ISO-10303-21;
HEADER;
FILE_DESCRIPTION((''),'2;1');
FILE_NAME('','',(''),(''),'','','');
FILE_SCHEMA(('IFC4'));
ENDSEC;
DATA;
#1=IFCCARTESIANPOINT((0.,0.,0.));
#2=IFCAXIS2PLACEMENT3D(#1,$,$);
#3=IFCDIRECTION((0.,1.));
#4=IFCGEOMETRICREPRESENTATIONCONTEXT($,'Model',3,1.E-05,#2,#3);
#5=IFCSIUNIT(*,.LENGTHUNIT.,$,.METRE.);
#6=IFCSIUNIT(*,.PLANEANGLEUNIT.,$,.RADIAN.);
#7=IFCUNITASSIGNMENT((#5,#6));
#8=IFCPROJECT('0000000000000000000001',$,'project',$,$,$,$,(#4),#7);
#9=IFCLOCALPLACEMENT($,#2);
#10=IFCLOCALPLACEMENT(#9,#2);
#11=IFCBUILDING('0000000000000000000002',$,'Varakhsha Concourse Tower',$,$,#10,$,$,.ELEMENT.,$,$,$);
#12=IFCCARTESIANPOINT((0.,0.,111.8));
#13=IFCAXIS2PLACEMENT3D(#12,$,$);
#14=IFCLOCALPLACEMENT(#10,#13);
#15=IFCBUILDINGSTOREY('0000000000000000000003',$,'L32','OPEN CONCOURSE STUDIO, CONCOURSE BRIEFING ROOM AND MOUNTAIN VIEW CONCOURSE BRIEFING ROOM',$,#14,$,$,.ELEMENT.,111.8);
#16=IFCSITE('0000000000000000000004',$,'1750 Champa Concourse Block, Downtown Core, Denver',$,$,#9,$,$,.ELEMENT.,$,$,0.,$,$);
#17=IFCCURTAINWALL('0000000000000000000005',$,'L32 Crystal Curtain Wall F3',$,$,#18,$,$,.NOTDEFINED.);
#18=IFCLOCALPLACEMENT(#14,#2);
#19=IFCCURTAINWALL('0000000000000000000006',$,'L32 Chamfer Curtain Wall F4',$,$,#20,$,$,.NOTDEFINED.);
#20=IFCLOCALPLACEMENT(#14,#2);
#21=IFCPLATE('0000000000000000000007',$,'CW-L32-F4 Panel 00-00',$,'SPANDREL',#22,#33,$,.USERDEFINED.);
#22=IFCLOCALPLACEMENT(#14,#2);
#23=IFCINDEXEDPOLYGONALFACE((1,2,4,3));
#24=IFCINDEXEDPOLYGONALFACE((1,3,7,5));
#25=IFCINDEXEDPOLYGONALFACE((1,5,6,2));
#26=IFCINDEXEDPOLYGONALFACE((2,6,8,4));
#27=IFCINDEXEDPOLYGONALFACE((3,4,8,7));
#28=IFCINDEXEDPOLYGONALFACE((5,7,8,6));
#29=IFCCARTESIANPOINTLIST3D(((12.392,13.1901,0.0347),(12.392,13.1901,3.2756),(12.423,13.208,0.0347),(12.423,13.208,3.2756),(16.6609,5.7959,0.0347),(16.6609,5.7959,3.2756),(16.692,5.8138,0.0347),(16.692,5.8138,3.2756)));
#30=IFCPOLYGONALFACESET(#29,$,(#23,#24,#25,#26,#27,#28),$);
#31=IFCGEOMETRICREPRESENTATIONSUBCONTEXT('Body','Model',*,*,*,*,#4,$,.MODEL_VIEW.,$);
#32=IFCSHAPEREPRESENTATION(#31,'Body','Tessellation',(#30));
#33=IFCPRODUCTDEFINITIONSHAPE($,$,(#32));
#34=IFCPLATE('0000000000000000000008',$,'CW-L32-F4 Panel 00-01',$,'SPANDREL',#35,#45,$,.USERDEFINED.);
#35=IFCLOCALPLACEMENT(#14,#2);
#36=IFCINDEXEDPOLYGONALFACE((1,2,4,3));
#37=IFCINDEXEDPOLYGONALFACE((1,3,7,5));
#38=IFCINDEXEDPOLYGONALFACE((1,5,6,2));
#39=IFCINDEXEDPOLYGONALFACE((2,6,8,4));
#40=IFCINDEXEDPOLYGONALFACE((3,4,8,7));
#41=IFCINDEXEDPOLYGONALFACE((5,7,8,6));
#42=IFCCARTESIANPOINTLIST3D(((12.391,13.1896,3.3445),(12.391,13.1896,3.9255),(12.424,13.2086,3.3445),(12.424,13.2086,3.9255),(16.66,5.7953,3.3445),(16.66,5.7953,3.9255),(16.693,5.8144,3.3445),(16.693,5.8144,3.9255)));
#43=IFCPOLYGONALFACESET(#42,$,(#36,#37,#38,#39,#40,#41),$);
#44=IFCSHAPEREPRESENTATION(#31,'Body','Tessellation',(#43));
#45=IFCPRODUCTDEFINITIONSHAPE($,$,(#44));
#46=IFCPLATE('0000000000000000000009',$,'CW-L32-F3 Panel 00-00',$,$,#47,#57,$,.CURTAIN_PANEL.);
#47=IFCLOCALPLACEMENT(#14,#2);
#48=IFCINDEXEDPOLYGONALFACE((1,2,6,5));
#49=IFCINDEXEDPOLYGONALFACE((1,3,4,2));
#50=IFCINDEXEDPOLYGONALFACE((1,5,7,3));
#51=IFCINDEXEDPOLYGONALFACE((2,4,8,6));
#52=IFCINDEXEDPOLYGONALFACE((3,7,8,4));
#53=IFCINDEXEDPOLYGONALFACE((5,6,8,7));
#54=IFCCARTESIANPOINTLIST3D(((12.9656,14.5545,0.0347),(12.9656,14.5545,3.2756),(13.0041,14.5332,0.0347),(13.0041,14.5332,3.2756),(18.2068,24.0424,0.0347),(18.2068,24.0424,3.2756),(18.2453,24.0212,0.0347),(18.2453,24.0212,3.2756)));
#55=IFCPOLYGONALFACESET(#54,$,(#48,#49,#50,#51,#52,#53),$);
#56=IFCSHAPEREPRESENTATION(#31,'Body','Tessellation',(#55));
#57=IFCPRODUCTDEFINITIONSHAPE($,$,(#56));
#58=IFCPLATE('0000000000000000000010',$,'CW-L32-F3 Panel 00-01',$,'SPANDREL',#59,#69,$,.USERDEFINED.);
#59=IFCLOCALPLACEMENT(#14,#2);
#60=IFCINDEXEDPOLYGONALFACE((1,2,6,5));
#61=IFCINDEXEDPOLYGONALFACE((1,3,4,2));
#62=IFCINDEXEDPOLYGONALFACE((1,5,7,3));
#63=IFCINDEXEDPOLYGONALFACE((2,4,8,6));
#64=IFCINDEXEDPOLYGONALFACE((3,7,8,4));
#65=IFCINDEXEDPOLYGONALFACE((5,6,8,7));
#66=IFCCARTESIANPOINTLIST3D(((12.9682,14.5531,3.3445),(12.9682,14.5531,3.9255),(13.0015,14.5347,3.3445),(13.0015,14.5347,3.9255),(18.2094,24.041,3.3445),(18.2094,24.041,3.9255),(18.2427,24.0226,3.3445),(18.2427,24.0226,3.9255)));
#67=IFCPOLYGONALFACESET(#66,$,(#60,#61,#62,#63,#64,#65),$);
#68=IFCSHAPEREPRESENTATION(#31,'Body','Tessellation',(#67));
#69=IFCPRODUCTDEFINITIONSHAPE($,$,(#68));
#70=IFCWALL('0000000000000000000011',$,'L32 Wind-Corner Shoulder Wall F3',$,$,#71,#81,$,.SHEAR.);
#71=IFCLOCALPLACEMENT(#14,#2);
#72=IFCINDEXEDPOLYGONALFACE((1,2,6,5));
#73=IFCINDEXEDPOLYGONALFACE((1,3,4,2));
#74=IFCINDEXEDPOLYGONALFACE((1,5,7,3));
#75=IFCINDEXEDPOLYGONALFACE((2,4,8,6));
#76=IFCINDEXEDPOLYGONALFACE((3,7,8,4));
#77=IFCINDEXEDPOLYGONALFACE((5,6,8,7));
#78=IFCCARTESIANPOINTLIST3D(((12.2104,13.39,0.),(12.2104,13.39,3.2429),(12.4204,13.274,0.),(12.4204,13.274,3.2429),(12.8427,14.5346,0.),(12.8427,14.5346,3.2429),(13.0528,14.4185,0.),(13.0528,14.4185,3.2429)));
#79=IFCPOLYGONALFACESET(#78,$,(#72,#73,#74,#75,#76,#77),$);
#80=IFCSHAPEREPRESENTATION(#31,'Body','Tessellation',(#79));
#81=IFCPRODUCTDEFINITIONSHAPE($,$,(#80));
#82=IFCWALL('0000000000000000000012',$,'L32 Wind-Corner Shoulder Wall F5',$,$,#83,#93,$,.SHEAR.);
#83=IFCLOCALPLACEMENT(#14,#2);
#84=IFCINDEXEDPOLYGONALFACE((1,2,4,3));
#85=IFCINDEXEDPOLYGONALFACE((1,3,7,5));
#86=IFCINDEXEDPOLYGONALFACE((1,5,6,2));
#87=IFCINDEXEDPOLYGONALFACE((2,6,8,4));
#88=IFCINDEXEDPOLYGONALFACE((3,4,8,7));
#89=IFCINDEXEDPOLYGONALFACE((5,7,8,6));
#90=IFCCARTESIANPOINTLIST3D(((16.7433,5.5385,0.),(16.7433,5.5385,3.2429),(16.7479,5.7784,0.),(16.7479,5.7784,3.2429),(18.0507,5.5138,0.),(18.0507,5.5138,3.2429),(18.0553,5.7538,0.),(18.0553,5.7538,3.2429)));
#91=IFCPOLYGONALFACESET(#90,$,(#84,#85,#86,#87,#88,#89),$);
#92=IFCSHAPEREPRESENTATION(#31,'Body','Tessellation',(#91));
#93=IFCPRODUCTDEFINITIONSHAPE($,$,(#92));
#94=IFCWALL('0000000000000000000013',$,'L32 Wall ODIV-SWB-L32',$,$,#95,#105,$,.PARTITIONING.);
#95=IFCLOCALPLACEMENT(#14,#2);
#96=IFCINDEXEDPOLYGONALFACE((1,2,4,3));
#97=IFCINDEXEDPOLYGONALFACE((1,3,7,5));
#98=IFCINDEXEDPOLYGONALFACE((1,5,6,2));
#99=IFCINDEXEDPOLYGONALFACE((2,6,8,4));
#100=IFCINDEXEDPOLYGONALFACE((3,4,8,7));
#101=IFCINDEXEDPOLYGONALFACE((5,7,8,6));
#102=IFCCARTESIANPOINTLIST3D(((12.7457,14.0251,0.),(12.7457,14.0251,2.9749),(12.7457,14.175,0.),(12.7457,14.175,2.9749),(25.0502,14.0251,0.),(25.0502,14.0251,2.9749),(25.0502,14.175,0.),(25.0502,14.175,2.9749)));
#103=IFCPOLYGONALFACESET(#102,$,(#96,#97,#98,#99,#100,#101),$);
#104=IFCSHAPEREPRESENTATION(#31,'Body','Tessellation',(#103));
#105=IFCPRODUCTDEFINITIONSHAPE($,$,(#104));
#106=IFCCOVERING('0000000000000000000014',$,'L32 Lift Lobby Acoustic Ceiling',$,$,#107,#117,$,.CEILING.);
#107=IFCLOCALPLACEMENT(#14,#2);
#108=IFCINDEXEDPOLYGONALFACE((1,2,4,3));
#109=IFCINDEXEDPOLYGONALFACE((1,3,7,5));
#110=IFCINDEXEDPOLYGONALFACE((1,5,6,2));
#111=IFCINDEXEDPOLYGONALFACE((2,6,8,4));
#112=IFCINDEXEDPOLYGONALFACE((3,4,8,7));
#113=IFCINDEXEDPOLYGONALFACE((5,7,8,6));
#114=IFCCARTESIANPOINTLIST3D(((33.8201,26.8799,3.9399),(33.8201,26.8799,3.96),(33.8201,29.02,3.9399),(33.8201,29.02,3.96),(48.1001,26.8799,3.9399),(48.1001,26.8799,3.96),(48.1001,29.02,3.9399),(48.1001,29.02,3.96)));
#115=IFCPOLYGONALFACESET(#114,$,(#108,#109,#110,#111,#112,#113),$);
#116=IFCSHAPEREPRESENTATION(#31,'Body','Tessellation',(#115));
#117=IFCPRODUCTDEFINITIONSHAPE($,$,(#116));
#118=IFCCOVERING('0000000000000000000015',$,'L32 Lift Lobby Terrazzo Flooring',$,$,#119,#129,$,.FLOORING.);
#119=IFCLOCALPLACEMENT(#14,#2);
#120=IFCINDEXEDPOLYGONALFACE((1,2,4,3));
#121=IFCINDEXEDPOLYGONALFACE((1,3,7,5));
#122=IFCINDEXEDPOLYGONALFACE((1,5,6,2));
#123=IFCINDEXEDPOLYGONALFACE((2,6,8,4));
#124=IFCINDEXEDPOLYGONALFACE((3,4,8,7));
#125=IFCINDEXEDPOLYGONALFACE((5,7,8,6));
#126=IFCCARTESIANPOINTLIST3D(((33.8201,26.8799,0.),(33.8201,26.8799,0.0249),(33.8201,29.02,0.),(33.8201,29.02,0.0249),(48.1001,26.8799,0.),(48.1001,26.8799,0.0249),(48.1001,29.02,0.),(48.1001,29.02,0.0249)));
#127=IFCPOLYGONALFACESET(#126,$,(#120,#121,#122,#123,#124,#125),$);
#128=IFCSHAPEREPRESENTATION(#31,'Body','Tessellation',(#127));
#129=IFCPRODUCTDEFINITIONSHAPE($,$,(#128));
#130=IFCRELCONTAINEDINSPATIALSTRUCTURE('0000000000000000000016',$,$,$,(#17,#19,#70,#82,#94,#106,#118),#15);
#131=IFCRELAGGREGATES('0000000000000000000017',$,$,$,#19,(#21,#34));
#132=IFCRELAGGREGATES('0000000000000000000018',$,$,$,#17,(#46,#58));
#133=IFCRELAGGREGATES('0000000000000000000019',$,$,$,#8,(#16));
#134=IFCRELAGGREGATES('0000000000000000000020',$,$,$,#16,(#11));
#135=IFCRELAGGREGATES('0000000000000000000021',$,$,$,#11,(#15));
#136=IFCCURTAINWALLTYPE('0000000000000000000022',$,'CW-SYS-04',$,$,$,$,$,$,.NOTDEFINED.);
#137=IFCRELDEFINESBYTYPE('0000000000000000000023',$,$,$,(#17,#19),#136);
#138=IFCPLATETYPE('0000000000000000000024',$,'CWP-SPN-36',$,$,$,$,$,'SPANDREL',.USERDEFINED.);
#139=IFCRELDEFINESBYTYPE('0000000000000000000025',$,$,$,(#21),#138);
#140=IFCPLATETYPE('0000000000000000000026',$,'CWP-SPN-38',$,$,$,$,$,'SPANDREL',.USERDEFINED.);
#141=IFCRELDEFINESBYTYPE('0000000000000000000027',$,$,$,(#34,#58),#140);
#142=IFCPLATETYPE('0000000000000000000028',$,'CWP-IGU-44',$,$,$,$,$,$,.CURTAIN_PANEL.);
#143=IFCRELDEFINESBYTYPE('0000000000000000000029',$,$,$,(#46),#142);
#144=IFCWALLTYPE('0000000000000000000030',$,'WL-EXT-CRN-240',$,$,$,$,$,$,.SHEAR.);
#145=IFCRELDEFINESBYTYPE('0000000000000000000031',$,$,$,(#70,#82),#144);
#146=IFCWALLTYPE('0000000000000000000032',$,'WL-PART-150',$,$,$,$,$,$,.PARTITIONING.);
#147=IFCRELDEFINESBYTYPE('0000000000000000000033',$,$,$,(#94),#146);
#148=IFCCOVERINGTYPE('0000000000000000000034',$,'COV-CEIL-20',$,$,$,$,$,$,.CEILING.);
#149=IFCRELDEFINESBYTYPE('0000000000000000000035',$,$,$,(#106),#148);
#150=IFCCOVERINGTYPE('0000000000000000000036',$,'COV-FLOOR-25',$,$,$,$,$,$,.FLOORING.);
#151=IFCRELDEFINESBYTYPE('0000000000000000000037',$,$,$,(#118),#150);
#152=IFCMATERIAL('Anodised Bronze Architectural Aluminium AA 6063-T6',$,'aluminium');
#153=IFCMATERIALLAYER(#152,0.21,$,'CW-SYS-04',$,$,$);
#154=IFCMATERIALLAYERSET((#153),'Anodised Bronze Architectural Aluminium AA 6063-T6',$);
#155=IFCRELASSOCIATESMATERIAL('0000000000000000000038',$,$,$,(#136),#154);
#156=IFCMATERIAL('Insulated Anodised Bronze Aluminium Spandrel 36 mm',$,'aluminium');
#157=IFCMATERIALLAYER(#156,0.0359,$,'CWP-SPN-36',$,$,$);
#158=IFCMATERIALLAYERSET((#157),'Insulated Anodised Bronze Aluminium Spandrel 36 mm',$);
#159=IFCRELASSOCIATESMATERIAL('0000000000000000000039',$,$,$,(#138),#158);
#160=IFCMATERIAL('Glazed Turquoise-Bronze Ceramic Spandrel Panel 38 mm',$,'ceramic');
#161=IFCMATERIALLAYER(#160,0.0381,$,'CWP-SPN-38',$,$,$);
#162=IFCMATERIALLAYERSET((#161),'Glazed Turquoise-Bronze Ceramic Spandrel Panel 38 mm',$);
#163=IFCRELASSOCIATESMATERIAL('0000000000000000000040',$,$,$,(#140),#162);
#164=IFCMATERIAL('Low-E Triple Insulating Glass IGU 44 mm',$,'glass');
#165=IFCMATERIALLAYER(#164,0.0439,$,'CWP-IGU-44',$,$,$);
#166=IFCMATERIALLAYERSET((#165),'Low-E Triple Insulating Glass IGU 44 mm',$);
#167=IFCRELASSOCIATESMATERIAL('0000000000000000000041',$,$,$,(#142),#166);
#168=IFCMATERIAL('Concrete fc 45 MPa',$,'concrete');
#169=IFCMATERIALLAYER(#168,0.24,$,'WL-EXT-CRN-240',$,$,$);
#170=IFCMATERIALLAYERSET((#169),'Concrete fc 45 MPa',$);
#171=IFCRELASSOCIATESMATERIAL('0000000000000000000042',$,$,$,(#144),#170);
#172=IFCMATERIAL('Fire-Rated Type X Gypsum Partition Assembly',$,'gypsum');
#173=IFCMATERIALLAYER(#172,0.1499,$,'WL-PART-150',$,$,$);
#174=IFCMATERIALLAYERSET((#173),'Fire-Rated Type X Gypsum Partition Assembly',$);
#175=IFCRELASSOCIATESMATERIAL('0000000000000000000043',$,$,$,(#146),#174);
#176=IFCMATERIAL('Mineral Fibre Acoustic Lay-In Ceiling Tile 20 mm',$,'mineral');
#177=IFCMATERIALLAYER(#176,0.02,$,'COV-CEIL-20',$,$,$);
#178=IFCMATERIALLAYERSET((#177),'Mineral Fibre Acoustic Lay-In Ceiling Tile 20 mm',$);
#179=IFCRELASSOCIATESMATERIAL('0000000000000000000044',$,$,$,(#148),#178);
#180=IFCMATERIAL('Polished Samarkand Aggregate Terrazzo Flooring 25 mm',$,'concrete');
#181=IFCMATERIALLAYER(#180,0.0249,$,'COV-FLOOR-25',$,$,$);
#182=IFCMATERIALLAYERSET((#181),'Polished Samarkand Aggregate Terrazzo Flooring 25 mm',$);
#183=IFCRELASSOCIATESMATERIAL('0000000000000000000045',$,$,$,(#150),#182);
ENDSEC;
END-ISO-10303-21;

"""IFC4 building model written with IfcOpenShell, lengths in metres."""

from ifc_helpers import new_model, si_unit, direction, frame, frame_2d, origin, origin_2d, place, context, subcontext, project, spatial, polyline, rectangle, outline, extrude, source, transform, mapped, material, layer, layer_set, type_object, type_shapes, element, aggregate, save


model = new_model("IFC4")

# Units and contexts
model_context = context("Model", 3, precision=1e-05, world=origin(), true_north=direction((0.0, 1.0)))
body_context = subcontext(model_context, "Body", "Model", "MODEL_VIEW")
ifc_project = project(units=[si_unit("LENGTHUNIT", "METRE"), si_unit("PLANEANGLEUNIT", "RADIAN")], contexts=[model_context])

# Site, building, storey
site_placement = place(None, origin())
site = spatial("IfcSite", under=ifc_project, at=site_placement, Name="1750 Champa Concourse Block, Downtown Core, Denver", CompositionType="ELEMENT", RefElevation=0.0)
building_placement = place(site_placement, origin())
building = spatial("IfcBuilding", under=site, at=building_placement, Name="Varakhsha Concourse Tower", CompositionType="ELEMENT")
storey_placement = place(building_placement, frame((0.0, 0.0, 111.8)))
storey = spatial("IfcBuildingStorey", under=building, at=storey_placement, Name="L32", Description="OPEN CONCOURSE STUDIO, CONCOURSE BRIEFING ROOM AND MOUNTAIN VIEW CONCOURSE BRIEFING ROOM", CompositionType="ELEMENT", Elevation=111.8)

# Curtain wall
ifc_material_1 = material(Name="Anodised Bronze Architectural Aluminium AA 6063-T6", Category="aluminium")
ifc_layer_1 = layer(ifc_material_1, 0.21, Name="CW-SYS-04")
ifc_layer_set_1 = layer_set([ifc_layer_1], Name="Anodised Bronze Architectural Aluminium AA 6063-T6")
curtain_wall_type = type_object("IfcCurtainWallType", Name="CW-SYS-04", PredefinedType="NOTDEFINED", material=ifc_layer_set_1)
curtain_wall_1_placement = place(storey_placement, origin())
curtain_wall_1 = element("IfcCurtainWall", 1, at=curtain_wall_1_placement, inside=storey, type_object=curtain_wall_type, Name="L32 Crystal Curtain Wall F3", PredefinedType="NOTDEFINED")

# Curtain wall
curtain_wall_2_placement = place(storey_placement, origin())
curtain_wall_2 = element("IfcCurtainWall", 2, at=curtain_wall_2_placement, inside=storey, type_object=curtain_wall_type, Name="L32 Chamfer Curtain Wall F4", PredefinedType="NOTDEFINED")

# Shared definitions
ifc_material_2 = material(Name="Concrete fc 45 MPa", Category="concrete")

# Plates
ifc_material_3 = material(Name="Insulated Anodised Bronze Aluminium Spandrel 36 mm", Category="aluminium")
ifc_layer_2 = layer(ifc_material_3, 0.0359, Name="CWP-SPN-36")
ifc_layer_set_2 = layer_set([ifc_layer_2], Name="Insulated Anodised Bronze Aluminium Spandrel 36 mm")
plate_type_1 = type_object("IfcPlateType", Name="CWP-SPN-36", ElementType="SPANDREL", PredefinedType="USERDEFINED", material=ifc_layer_set_2)
shared_shape_1 = source(origin(), body_context, "Body", "SweptSolid", [
    extrude(rectangle(XDim=8.5381, YDim=0.0359, at=origin_2d()), origin(), (0.0, 0.0, 1.0), 3.241),
])
type_shapes(plate_type_1, [shared_shape_1])
plate_1_placement = place(storey_placement, frame((14.542, 9.502, 0.0347), z_axis=(0.0, 0.0, 1.0), x_axis=(-0.499992, 0.86603, 0.0)))
plate_1 = element("IfcPlate", 3, at=plate_1_placement, type_object=plate_type_1, Name="CW-L32-F4 Panel 00-00", ObjectType="SPANDREL", PredefinedType="USERDEFINED", context=body_context, shape_type="MappedRepresentation", body=[
    mapped(shared_shape_1, transform((0.0, 0.0, 0.0), scale=1.0)),
])
ifc_material_4 = material(Name="Glazed Turquoise-Bronze Ceramic Spandrel Panel 38 mm", Category="ceramic")
ifc_layer_3 = layer(ifc_material_4, 0.0381, Name="CWP-SPN-38")
ifc_layer_set_3 = layer_set([ifc_layer_3], Name="Glazed Turquoise-Bronze Ceramic Spandrel Panel 38 mm")
plate_type_2 = type_object("IfcPlateType", Name="CWP-SPN-38", ElementType="SPANDREL", PredefinedType="USERDEFINED", material=ifc_layer_set_3)
shared_shape_2 = source(origin(), body_context, "Body", "SweptSolid", [
    extrude(rectangle(XDim=8.5381, YDim=0.0381, at=origin_2d()), origin(), (0.0, 0.0, 1.0), 0.5811),
])
plate_2_placement = place(storey_placement, frame((14.542, 9.502, 3.3445), z_axis=(0.0, 0.0, 1.0), x_axis=(-0.499992, 0.86603, 0.0)))
plate_2 = element("IfcPlate", 4, at=plate_2_placement, type_object=plate_type_2, Name="CW-L32-F4 Panel 00-01", ObjectType="SPANDREL", PredefinedType="USERDEFINED", context=body_context, shape_type="MappedRepresentation", body=[
    mapped(shared_shape_2, transform((0.0, 0.0, 0.0), scale=1.0)),
])
aggregate(curtain_wall_2, [plate_1, plate_2])
ifc_material_5 = material(Name="Low-E Triple Insulating Glass IGU 44 mm", Category="glass")
ifc_layer_4 = layer(ifc_material_5, 0.0439, Name="CWP-IGU-44")
ifc_layer_set_4 = layer_set([ifc_layer_4], Name="Low-E Triple Insulating Glass IGU 44 mm")
plate_type_3 = type_object("IfcPlateType", Name="CWP-IGU-44", PredefinedType="CURTAIN_PANEL", material=ifc_layer_set_4)
shared_shape_3 = source(origin(), body_context, "Body", "SweptSolid", [
    extrude(rectangle(XDim=10.8394, YDim=0.0439, at=origin_2d()), origin(), (0.0, 0.0, 1.0), 3.241),
])
type_shapes(plate_type_3, [shared_shape_3])
plate_3_placement = place(storey_placement, frame((15.6055, 19.2878, 0.0347), z_axis=(0.0, 0.0, 1.0), x_axis=(0.483536, 0.875324, 0.0)))
plate_3 = element("IfcPlate", 5, at=plate_3_placement, type_object=plate_type_3, Name="CW-L32-F3 Panel 00-00", PredefinedType="CURTAIN_PANEL", context=body_context, shape_type="MappedRepresentation", body=[
    mapped(shared_shape_3, transform((0.0, 0.0, 0.0), scale=1.0)),
])
shared_shape_4 = source(origin(), body_context, "Body", "SweptSolid", [
    extrude(rectangle(XDim=10.8394, YDim=0.0381, at=origin_2d()), origin(), (0.0, 0.0, 1.0), 0.5811),
])
type_shapes(plate_type_2, [shared_shape_2, shared_shape_4])
plate_4_placement = place(storey_placement, frame((15.6055, 19.2878, 3.3445), z_axis=(0.0, 0.0, 1.0), x_axis=(0.483536, 0.875324, 0.0)))
plate_4 = element("IfcPlate", 6, at=plate_4_placement, type_object=plate_type_2, Name="CW-L32-F3 Panel 00-01", ObjectType="SPANDREL", PredefinedType="USERDEFINED", context=body_context, shape_type="MappedRepresentation", body=[
    mapped(shared_shape_4, transform((0.0, 0.0, 0.0), scale=1.0)),
])
aggregate(curtain_wall_1, [plate_3, plate_4])

# Walls
ifc_layer_5 = layer(ifc_material_2, 0.24, Name="WL-EXT-CRN-240")
ifc_layer_set_5 = layer_set([ifc_layer_5], Name="Concrete fc 45 MPa")
wall_type_1 = type_object("IfcWallType", Name="WL-EXT-CRN-240", PredefinedType="SHEAR", material=ifc_layer_set_5)
for number, where, z_axis, x_axis, name in (
    (7, (12.9478, 14.4766, 0.0), (0.0, 0.0, 1.0), (-0.483581, -0.8753, 0.0), "L32 Wind-Corner Shoulder Wall F3"),
    (8, (16.7456, 5.6584, 0.0), (0.0, 0.0, 1.0), (0.999822, -0.018858, 0.0), "L32 Wind-Corner Shoulder Wall F5"),
):
    element("IfcWall", number, at=place(storey_placement, frame(where, z_axis=z_axis, x_axis=x_axis)), inside=storey, type_object=wall_type_1, Name=name, PredefinedType="SHEAR", context=body_context, shape_type="SweptSolid", body=[
        extrude(rectangle(XDim=1.3076, YDim=0.24, at=frame_2d((0.6538, 0.0))), origin(), (0.0, 0.0, 1.0), 3.2429),
    ])
ifc_material_6 = material(Name="Fire-Rated Type X Gypsum Partition Assembly", Category="gypsum")
ifc_layer_6 = layer(ifc_material_6, 0.1499, Name="WL-PART-150")
ifc_layer_set_6 = layer_set([ifc_layer_6], Name="Fire-Rated Type X Gypsum Partition Assembly")
wall_type_2 = type_object("IfcWallType", Name="WL-PART-150", PredefinedType="PARTITIONING", material=ifc_layer_set_6)
wall_placement = place(storey_placement, frame((12.7456, 14.1001, 0.0), z_axis=(0.0, 0.0, 1.0), x_axis=(1.0, 0.0, 0.0)))
element("IfcWall", 9, at=wall_placement, inside=storey, type_object=wall_type_2, Name="L32 Wall ODIV-SWB-L32", PredefinedType="PARTITIONING", context=body_context, shape_type="SweptSolid", body=[
    extrude(rectangle(XDim=12.3044, YDim=0.1499, at=frame_2d((6.1523, 0.0))), origin(), (0.0, 0.0, 1.0), 2.9749),
])

# Coverings
ifc_material_7 = material(Name="Mineral Fibre Acoustic Lay-In Ceiling Tile 20 mm", Category="mineral")
ifc_layer_7 = layer(ifc_material_7, 0.02, Name="COV-CEIL-20")
ifc_layer_set_7 = layer_set([ifc_layer_7], Name="Mineral Fibre Acoustic Lay-In Ceiling Tile 20 mm")
covering_type_1 = type_object("IfcCoveringType", Name="COV-CEIL-20", PredefinedType="CEILING", material=ifc_layer_set_7)
covering_1_placement = place(storey_placement, frame((0.0, 0.0, 3.9399)))
element("IfcCovering", 10, at=covering_1_placement, inside=storey, type_object=covering_type_1, Name="L32 Lift Lobby Acoustic Ceiling", PredefinedType="CEILING", context=body_context, shape_type="SweptSolid", body=[
    extrude(outline(polyline([(33.8201, 26.8799), (48.1001, 26.8799), (48.1001, 29.02), (33.8201, 29.02), (33.8201, 26.8799)])), origin(), (0.0, 0.0, 1.0), 0.02),
])
ifc_material_8 = material(Name="Polished Samarkand Aggregate Terrazzo Flooring 25 mm", Category="concrete")
ifc_layer_8 = layer(ifc_material_8, 0.0249, Name="COV-FLOOR-25")
ifc_layer_set_8 = layer_set([ifc_layer_8], Name="Polished Samarkand Aggregate Terrazzo Flooring 25 mm")
covering_type_2 = type_object("IfcCoveringType", Name="COV-FLOOR-25", PredefinedType="FLOORING", material=ifc_layer_set_8)
covering_2_placement = place(storey_placement, origin())
element("IfcCovering", 11, at=covering_2_placement, inside=storey, type_object=covering_type_2, Name="L32 Lift Lobby Terrazzo Flooring", PredefinedType="FLOORING", context=body_context, shape_type="SweptSolid", body=[
    extrude(outline(polyline([(33.8201, 26.8799), (48.1001, 26.8799), (48.1001, 29.02), (33.8201, 29.02), (33.8201, 26.8799)])), origin(), (0.0, 0.0, 1.0), 0.0249),
])

save(model, "model.ifc")
